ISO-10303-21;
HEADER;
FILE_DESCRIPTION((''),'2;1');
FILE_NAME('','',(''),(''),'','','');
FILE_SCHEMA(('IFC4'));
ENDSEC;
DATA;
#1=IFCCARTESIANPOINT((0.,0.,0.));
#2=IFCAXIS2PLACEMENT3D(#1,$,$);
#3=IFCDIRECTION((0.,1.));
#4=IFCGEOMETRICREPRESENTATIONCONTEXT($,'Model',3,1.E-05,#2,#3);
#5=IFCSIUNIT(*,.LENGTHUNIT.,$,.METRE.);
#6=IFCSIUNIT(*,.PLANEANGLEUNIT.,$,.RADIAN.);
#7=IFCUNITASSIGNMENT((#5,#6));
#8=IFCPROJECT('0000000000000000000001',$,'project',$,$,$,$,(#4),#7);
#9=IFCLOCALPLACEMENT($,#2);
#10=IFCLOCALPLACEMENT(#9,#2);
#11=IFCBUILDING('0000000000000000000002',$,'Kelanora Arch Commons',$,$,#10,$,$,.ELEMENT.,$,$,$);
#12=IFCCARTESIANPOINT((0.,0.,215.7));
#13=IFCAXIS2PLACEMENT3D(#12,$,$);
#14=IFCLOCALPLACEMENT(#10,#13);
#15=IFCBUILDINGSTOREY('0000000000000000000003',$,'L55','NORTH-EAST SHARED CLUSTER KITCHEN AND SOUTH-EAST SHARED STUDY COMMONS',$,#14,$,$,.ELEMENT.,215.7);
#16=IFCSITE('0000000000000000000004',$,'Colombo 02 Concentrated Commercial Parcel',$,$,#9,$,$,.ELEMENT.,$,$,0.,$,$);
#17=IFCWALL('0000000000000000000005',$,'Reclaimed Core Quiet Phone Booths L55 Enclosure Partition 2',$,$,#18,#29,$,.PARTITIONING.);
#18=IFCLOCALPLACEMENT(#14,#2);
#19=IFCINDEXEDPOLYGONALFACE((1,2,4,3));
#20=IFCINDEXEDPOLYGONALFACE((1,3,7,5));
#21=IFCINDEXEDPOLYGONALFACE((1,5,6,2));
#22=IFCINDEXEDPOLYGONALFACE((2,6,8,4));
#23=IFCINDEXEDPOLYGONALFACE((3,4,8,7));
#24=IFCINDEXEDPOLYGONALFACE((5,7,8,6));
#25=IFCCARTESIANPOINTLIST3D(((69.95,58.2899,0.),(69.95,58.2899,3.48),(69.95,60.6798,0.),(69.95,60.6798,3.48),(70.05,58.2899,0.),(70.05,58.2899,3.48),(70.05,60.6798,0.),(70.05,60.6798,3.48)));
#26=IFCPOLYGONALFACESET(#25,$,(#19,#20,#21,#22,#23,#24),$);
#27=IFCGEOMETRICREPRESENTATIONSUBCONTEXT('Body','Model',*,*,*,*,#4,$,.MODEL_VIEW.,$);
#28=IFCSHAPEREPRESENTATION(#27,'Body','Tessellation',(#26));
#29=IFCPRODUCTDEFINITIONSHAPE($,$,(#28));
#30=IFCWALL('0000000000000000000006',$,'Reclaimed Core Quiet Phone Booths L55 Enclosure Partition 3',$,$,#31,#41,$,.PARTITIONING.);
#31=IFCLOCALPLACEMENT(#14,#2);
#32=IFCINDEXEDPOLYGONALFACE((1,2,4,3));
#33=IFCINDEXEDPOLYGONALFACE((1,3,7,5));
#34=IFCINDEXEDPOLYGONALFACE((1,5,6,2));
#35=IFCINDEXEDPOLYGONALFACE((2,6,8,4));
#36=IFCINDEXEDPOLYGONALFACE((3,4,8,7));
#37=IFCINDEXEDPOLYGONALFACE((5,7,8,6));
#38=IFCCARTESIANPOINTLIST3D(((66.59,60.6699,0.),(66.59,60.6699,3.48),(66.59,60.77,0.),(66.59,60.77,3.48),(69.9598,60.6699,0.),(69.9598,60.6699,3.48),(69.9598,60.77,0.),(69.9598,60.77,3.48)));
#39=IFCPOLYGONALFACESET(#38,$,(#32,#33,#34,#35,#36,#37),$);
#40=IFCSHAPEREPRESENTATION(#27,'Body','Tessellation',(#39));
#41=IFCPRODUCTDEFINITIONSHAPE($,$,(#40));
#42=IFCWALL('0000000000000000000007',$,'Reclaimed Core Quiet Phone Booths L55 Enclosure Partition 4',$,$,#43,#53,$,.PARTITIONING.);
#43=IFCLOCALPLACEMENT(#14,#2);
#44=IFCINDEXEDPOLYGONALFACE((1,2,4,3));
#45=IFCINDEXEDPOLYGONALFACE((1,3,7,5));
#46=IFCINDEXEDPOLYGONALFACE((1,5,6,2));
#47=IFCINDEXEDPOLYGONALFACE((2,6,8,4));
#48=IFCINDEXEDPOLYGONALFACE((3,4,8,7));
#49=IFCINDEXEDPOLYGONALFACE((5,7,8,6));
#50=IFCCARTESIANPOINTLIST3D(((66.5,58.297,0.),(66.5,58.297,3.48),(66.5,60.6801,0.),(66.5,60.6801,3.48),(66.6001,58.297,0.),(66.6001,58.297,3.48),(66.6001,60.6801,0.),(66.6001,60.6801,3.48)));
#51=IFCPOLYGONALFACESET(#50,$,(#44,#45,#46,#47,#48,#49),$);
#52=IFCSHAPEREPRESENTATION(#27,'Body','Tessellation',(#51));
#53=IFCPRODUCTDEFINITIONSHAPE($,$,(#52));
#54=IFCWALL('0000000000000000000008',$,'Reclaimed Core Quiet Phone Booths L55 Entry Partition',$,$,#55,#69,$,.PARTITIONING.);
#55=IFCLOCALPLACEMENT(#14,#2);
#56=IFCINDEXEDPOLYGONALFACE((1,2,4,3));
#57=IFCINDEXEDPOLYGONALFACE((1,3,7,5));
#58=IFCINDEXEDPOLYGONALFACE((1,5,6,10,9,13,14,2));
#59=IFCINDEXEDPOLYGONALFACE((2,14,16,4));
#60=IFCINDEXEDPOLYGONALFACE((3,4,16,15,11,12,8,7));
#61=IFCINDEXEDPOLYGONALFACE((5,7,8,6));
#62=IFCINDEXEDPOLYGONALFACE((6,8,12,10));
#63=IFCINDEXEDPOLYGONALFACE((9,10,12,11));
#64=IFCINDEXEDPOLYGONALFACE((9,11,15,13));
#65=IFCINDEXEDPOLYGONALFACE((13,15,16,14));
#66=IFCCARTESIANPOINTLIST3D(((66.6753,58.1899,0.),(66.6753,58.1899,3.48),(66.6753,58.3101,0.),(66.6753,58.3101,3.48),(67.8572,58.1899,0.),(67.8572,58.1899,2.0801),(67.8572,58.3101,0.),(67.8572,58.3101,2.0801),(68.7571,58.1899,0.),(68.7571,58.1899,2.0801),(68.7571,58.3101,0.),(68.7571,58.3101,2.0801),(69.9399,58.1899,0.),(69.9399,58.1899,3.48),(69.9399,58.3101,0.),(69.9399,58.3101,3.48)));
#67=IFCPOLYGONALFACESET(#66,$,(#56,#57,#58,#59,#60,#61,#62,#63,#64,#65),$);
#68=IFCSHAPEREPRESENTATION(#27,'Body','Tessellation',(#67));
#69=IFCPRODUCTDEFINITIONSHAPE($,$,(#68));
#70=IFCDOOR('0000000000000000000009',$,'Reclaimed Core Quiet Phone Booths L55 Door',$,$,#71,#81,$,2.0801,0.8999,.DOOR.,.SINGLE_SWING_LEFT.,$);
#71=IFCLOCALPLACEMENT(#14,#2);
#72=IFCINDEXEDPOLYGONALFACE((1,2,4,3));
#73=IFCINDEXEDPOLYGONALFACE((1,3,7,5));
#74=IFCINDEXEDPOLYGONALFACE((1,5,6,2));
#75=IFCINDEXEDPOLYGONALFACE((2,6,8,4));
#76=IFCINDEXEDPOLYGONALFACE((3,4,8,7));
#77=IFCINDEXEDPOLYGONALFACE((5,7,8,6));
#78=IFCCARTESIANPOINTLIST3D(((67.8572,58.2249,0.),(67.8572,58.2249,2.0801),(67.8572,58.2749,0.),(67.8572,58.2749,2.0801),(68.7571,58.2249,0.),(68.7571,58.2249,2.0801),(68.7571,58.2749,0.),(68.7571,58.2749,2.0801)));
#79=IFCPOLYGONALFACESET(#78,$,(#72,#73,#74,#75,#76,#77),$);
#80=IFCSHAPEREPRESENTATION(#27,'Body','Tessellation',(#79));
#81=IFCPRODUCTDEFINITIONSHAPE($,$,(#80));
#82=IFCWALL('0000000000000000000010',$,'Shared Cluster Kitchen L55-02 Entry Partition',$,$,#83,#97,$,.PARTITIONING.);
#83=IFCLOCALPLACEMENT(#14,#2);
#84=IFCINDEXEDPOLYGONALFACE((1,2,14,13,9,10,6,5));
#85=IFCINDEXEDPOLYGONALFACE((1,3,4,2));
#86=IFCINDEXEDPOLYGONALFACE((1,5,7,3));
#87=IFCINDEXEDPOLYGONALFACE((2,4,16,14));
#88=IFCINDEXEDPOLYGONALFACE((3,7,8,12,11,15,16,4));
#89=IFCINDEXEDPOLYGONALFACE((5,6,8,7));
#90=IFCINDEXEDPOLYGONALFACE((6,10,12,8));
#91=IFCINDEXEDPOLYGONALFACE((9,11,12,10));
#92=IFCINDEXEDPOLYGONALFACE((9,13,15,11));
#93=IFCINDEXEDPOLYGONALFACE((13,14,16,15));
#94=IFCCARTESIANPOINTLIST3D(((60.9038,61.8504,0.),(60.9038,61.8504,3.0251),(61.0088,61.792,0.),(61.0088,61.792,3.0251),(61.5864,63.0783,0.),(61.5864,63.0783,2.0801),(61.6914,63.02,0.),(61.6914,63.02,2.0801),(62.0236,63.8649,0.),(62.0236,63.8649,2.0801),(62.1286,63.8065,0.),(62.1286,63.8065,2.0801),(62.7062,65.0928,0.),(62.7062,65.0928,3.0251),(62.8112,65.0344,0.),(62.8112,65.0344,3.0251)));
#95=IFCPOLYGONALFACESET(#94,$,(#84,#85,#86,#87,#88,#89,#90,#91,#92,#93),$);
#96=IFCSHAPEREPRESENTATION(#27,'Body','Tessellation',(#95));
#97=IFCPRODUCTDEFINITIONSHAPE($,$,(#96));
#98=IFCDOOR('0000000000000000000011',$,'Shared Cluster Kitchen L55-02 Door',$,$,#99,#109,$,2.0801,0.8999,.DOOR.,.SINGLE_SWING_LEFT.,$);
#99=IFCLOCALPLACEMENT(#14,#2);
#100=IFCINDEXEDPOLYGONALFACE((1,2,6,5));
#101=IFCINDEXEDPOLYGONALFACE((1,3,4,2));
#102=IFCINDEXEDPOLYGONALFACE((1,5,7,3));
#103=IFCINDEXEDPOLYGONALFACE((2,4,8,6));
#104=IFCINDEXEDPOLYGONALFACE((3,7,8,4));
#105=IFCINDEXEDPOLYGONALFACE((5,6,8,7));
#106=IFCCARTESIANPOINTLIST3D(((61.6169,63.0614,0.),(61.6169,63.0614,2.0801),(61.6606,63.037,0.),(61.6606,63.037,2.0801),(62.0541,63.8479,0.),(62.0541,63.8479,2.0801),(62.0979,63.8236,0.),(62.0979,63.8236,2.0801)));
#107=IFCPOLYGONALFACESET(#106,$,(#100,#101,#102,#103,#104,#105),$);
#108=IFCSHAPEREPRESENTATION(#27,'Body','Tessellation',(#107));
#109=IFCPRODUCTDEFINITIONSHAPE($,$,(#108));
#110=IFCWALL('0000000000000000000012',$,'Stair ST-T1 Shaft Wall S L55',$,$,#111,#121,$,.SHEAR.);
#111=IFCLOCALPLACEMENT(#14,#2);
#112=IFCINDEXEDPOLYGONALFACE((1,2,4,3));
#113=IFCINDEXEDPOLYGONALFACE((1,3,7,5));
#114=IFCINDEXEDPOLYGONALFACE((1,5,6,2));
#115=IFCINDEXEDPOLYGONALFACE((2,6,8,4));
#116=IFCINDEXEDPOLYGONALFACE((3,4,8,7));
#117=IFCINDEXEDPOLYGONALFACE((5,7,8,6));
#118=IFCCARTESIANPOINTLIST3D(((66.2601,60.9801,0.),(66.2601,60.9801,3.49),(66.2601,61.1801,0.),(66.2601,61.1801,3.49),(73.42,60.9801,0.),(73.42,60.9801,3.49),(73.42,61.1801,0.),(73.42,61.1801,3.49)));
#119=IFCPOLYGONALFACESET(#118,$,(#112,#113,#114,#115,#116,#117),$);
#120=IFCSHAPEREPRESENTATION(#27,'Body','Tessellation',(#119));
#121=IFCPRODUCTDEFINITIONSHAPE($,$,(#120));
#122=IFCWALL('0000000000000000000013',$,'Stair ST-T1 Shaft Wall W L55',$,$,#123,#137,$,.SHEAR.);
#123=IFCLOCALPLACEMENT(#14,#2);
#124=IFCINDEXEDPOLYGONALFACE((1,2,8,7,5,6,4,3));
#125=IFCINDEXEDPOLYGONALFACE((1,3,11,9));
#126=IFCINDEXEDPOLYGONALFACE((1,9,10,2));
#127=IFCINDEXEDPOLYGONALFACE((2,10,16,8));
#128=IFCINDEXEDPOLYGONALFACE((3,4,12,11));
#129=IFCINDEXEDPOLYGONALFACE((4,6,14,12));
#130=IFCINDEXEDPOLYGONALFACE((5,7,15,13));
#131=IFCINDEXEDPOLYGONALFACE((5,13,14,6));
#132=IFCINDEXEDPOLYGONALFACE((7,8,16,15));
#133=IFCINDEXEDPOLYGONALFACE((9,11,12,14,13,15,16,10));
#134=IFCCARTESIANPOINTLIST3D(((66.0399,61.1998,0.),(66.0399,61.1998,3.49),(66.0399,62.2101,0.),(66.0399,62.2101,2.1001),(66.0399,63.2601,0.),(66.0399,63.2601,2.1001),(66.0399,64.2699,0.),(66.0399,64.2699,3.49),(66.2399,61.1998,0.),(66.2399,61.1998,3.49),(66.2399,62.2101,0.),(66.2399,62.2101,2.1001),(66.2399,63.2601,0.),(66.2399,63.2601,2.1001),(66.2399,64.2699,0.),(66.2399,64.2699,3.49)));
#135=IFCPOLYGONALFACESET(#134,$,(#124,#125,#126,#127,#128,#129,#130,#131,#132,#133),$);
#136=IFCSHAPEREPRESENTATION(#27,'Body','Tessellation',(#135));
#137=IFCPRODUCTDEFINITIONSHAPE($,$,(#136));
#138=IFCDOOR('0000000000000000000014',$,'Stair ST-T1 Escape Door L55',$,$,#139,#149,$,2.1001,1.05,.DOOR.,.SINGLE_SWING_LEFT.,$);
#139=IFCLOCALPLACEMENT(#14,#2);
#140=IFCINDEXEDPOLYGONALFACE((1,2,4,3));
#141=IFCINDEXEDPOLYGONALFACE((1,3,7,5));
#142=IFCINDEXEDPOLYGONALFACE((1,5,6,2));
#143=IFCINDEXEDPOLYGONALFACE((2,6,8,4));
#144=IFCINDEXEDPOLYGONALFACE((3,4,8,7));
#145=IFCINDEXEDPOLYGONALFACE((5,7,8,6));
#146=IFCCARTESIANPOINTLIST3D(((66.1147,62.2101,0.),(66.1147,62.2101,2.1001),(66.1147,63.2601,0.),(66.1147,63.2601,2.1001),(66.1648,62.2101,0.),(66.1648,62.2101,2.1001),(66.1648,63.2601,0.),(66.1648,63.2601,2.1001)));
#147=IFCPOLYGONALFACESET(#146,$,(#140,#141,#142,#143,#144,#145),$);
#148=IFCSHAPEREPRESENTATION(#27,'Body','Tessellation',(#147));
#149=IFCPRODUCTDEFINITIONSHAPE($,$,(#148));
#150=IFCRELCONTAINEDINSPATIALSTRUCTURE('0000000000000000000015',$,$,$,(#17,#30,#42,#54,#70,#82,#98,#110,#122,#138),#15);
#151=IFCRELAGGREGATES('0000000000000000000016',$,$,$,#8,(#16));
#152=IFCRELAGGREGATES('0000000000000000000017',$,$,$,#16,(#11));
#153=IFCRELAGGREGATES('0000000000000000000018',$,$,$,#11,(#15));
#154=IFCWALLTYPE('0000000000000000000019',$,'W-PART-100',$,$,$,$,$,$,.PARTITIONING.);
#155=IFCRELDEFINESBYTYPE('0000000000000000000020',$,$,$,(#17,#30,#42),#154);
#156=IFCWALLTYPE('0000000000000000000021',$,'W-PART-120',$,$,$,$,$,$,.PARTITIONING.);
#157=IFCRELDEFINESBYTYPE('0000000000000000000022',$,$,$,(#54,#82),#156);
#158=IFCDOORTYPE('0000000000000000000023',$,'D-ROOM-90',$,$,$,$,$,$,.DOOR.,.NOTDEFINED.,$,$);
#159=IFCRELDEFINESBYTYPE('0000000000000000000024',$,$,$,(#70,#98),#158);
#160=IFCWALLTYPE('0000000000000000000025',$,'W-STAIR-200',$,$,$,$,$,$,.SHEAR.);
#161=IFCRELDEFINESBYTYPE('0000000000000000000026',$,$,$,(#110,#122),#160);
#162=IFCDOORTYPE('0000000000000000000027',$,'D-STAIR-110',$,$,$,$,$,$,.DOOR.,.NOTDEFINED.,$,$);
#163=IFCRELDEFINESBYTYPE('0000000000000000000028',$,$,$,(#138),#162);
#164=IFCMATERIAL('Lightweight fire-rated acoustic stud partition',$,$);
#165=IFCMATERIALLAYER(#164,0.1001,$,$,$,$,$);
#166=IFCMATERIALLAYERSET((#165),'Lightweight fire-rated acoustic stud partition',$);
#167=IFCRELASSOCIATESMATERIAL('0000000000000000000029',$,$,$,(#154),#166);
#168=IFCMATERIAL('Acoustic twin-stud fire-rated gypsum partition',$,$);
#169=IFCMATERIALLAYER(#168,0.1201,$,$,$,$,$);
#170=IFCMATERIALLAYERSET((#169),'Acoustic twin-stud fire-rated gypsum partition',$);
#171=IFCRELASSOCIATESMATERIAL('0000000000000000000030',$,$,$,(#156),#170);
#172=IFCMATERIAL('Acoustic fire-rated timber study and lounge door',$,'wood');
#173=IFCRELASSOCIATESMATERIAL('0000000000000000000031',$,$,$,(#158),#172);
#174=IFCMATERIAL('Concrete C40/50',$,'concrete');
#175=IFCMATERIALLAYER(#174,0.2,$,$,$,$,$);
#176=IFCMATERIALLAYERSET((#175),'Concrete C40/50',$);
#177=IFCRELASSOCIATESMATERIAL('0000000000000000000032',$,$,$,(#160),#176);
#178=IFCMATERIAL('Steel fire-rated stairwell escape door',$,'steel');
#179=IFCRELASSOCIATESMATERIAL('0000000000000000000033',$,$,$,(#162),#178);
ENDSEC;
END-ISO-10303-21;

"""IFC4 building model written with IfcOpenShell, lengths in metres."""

from ifc_helpers import new_model, si_unit, direction, frame, frame_2d, origin, place, context, subcontext, project, spatial, rectangle, extrude, material, layer, layer_set, type_object, element, fill, save


model = new_model("IFC4")

# Units and contexts
model_context = context("Model", 3, precision=1e-05, world=origin(), true_north=direction((0.0, 1.0)))
body_context = subcontext(model_context, "Body", "Model", "MODEL_VIEW")
ifc_project = project(units=[si_unit("LENGTHUNIT", "METRE"), si_unit("PLANEANGLEUNIT", "RADIAN")], contexts=[model_context])

# Site, building, storey
site_placement = place(None, origin())
site = spatial("IfcSite", under=ifc_project, at=site_placement, Name="Colombo 02 Concentrated Commercial Parcel", CompositionType="ELEMENT", RefElevation=0.0)
building_placement = place(site_placement, origin())
building = spatial("IfcBuilding", under=site, at=building_placement, Name="Kelanora Arch Commons", CompositionType="ELEMENT")
storey_placement = place(building_placement, frame((0.0, 0.0, 215.7)))
storey = spatial("IfcBuildingStorey", under=building, at=storey_placement, Name="L55", Description="NORTH-EAST SHARED CLUSTER KITCHEN AND SOUTH-EAST SHARED STUDY COMMONS", CompositionType="ELEMENT", Elevation=215.7)

# Walls
ifc_material_1 = material(Name="Lightweight fire-rated acoustic stud partition")
ifc_layer_1 = layer(ifc_material_1, 0.1001)
ifc_layer_set_1 = layer_set([ifc_layer_1], Name="Lightweight fire-rated acoustic stud partition")
wall_type_1 = type_object("IfcWallType", Name="W-PART-100", PredefinedType="PARTITIONING", material=ifc_layer_set_1)
wall_1_placement = place(storey_placement, frame((70.0, 58.29, 0.0), z_axis=(0.0, 0.0, 1.0), x_axis=(0.0, 1.0, 0.0)))
element("IfcWall", 1, at=wall_1_placement, inside=storey, type_object=wall_type_1, Name="Reclaimed Core Quiet Phone Booths L55 Enclosure Partition 2", PredefinedType="PARTITIONING", context=body_context, shape_type="SweptSolid", body=[
    extrude(rectangle(XDim=2.3899, YDim=0.1001, at=frame_2d((1.1948, 0.0))), origin(), (0.0, 0.0, 1.0), 3.48),
])
wall_2_placement = place(storey_placement, frame((69.96, 60.72, 0.0), z_axis=(0.0, 0.0, 1.0), x_axis=(-1.0, 0.0, 0.0)))
element("IfcWall", 2, at=wall_2_placement, inside=storey, type_object=wall_type_1, Name="Reclaimed Core Quiet Phone Booths L55 Enclosure Partition 3", PredefinedType="PARTITIONING", context=body_context, shape_type="SweptSolid", body=[
    extrude(rectangle(XDim=3.3699, YDim=0.1001, at=frame_2d((1.6851, 0.0))), origin(), (0.0, 0.0, 1.0), 3.48),
])
wall_3_placement = place(storey_placement, frame((66.55, 60.6799, 0.0), z_axis=(0.0, 0.0, 1.0), x_axis=(0.0, -1.0, 0.0)))
element("IfcWall", 3, at=wall_3_placement, inside=storey, type_object=wall_type_1, Name="Reclaimed Core Quiet Phone Booths L55 Enclosure Partition 4", PredefinedType="PARTITIONING", context=body_context, shape_type="SweptSolid", body=[
    extrude(rectangle(XDim=2.3831, YDim=0.1001, at=frame_2d((1.1914, 0.0))), origin(), (0.0, 0.0, 1.0), 3.48),
])

# Walls, openings, doors
ifc_material_2 = material(Name="Acoustic twin-stud fire-rated gypsum partition")
ifc_layer_2 = layer(ifc_material_2, 0.1201)
ifc_layer_set_2 = layer_set([ifc_layer_2], Name="Acoustic twin-stud fire-rated gypsum partition")
wall_type_2 = type_object("IfcWallType", Name="W-PART-120", PredefinedType="PARTITIONING", material=ifc_layer_set_2)
wall_4_placement = place(storey_placement, frame((66.6753, 58.25, 0.0), z_axis=(0.0, 0.0, 1.0), x_axis=(1.0, 0.0, 0.0)))
wall_4 = element("IfcWall", 4, at=wall_4_placement, inside=storey, type_object=wall_type_2, Name="Reclaimed Core Quiet Phone Booths L55 Entry Partition", PredefinedType="PARTITIONING", context=body_context, shape_type="SweptSolid", body=[
    extrude(rectangle(XDim=3.2646, YDim=0.1201, at=frame_2d((1.6323, 0.0))), origin(), (0.0, 0.0, 1.0), 3.48),
])
opening_1_placement = place(wall_4_placement, frame((1.1819, 0.0, 0.0)))
opening_1 = element("IfcOpeningElement", 5, at=opening_1_placement, cuts=wall_4, PredefinedType="OPENING", context=body_context, shape_type="SweptSolid", body=[
    extrude(rectangle(XDim=0.8999, YDim=2.0801, at=frame_2d((0.45, 1.04))), frame((0.0, 0.0701, 0.0), z_axis=(0.0, -1.0, 0.0), x_axis=(1.0, 0.0, 0.0)), (0.0, 0.0, 1.0), 0.1401),
])
ifc_material_3 = material(Name="Acoustic fire-rated timber study and lounge door", Category="wood")
door_type_1 = type_object("IfcDoorType", Name="D-ROOM-90", OperationType="NOTDEFINED", PredefinedType="DOOR", material=ifc_material_3)
door_1_placement = place(opening_1_placement, origin())
door_1 = element("IfcDoor", 6, at=door_1_placement, inside=storey, type_object=door_type_1, Name="Reclaimed Core Quiet Phone Booths L55 Door", OperationType="SINGLE_SWING_LEFT", OverallHeight=2.0801, OverallWidth=0.8999, PredefinedType="DOOR", context=body_context, shape_type="SweptSolid", body=[
    extrude(rectangle(XDim=0.8999, YDim=2.0801, at=frame_2d((0.45, 1.04))), frame((0.0, 0.0249, 0.0), z_axis=(0.0, -1.0, 0.0), x_axis=(1.0, 0.0, 0.0)), (0.0, 0.0, 1.0), 0.05),
])
fill(opening_1, door_1)
wall_5_placement = place(storey_placement, frame((62.7588, 65.0637, 0.0), z_axis=(0.0, 0.0, 1.0), x_axis=(-0.485878, -0.874027, 0.0)))
wall_5 = element("IfcWall", 7, at=wall_5_placement, inside=storey, type_object=wall_type_2, Name="Shared Cluster Kitchen L55-02 Entry Partition", PredefinedType="PARTITIONING", context=body_context, shape_type="SweptSolid", body=[
    extrude(rectangle(XDim=3.7097, YDim=0.1201, at=frame_2d((1.855, 0.0))), origin(), (0.0, 0.0, 1.0), 3.0251),
])
opening_2_placement = place(wall_5_placement, frame((1.405, 0.0, 0.0)))
opening_2 = element("IfcOpeningElement", 8, at=opening_2_placement, cuts=wall_5, PredefinedType="OPENING", context=body_context, shape_type="SweptSolid", body=[
    extrude(rectangle(XDim=0.8999, YDim=2.0801, at=frame_2d((0.45, 1.04))), frame((0.0, 0.0701, 0.0), z_axis=(0.0, -1.0, 0.0), x_axis=(1.0, 0.0, 0.0)), (0.0, 0.0, 1.0), 0.1401),
])
door_2_placement = place(opening_2_placement, origin())
door_2 = element("IfcDoor", 9, at=door_2_placement, inside=storey, type_object=door_type_1, Name="Shared Cluster Kitchen L55-02 Door", OperationType="SINGLE_SWING_LEFT", OverallHeight=2.0801, OverallWidth=0.8999, PredefinedType="DOOR", context=body_context, shape_type="SweptSolid", body=[
    extrude(rectangle(XDim=0.8999, YDim=2.0801, at=frame_2d((0.45, 1.04))), frame((0.0, 0.0249, 0.0), z_axis=(0.0, -1.0, 0.0), x_axis=(1.0, 0.0, 0.0)), (0.0, 0.0, 1.0), 0.05),
])
fill(opening_2, door_2)

# Wall
ifc_material_4 = material(Name="Concrete C40/50", Category="concrete")
ifc_layer_3 = layer(ifc_material_4, 0.2)
ifc_layer_set_3 = layer_set([ifc_layer_3], Name="Concrete C40/50")
wall_type_3 = type_object("IfcWallType", Name="W-STAIR-200", PredefinedType="SHEAR", material=ifc_layer_set_3)
wall_6_placement = place(storey_placement, frame((66.26, 61.0801, 0.0), z_axis=(0.0, 0.0, 1.0), x_axis=(1.0, 0.0, 0.0)))
element("IfcWall", 10, at=wall_6_placement, inside=storey, type_object=wall_type_3, Name="Stair ST-T1 Shaft Wall S L55", PredefinedType="SHEAR", context=body_context, shape_type="SweptSolid", body=[
    extrude(rectangle(XDim=7.1599, YDim=0.2, at=frame_2d((3.5801, 0.0))), origin(), (0.0, 0.0, 1.0), 3.49),
])

# Wall, opening, door
wall_7_placement = place(storey_placement, frame((66.1399, 64.27, 0.0), z_axis=(0.0, 0.0, 1.0), x_axis=(0.0, -1.0, 0.0)))
wall_7 = element("IfcWall", 11, at=wall_7_placement, inside=storey, type_object=wall_type_3, Name="Stair ST-T1 Shaft Wall W L55", PredefinedType="SHEAR", context=body_context, shape_type="SweptSolid", body=[
    extrude(rectangle(XDim=3.0701, YDim=0.2, at=frame_2d((1.5352, 0.0))), origin(), (0.0, 0.0, 1.0), 3.49),
])
opening_3_placement = place(wall_7_placement, frame((1.01, 0.0, 0.0)))
opening_3 = element("IfcOpeningElement", 12, at=opening_3_placement, cuts=wall_7, PredefinedType="OPENING", context=body_context, shape_type="SweptSolid", body=[
    extrude(rectangle(XDim=1.05, YDim=2.1001, at=frame_2d((0.5249, 1.05))), frame((0.0, 0.1099, 0.0), z_axis=(0.0, -1.0, 0.0), x_axis=(1.0, 0.0, 0.0)), (0.0, 0.0, 1.0), 0.22),
])
ifc_material_5 = material(Name="Steel fire-rated stairwell escape door", Category="steel")
door_type_2 = type_object("IfcDoorType", Name="D-STAIR-110", OperationType="NOTDEFINED", PredefinedType="DOOR", material=ifc_material_5)
door_3_placement = place(opening_3_placement, origin())
door_3 = element("IfcDoor", 13, at=door_3_placement, inside=storey, type_object=door_type_2, Name="Stair ST-T1 Escape Door L55", OperationType="SINGLE_SWING_LEFT", OverallHeight=2.1001, OverallWidth=1.05, PredefinedType="DOOR", context=body_context, shape_type="SweptSolid", body=[
    extrude(rectangle(XDim=1.05, YDim=2.1001, at=frame_2d((0.5249, 1.05))), frame((0.0, 0.0249, 0.0), z_axis=(0.0, -1.0, 0.0), x_axis=(1.0, 0.0, 0.0)), (0.0, 0.0, 1.0), 0.05),
])
fill(opening_3, door_3)

save(model, "model.ifc")
